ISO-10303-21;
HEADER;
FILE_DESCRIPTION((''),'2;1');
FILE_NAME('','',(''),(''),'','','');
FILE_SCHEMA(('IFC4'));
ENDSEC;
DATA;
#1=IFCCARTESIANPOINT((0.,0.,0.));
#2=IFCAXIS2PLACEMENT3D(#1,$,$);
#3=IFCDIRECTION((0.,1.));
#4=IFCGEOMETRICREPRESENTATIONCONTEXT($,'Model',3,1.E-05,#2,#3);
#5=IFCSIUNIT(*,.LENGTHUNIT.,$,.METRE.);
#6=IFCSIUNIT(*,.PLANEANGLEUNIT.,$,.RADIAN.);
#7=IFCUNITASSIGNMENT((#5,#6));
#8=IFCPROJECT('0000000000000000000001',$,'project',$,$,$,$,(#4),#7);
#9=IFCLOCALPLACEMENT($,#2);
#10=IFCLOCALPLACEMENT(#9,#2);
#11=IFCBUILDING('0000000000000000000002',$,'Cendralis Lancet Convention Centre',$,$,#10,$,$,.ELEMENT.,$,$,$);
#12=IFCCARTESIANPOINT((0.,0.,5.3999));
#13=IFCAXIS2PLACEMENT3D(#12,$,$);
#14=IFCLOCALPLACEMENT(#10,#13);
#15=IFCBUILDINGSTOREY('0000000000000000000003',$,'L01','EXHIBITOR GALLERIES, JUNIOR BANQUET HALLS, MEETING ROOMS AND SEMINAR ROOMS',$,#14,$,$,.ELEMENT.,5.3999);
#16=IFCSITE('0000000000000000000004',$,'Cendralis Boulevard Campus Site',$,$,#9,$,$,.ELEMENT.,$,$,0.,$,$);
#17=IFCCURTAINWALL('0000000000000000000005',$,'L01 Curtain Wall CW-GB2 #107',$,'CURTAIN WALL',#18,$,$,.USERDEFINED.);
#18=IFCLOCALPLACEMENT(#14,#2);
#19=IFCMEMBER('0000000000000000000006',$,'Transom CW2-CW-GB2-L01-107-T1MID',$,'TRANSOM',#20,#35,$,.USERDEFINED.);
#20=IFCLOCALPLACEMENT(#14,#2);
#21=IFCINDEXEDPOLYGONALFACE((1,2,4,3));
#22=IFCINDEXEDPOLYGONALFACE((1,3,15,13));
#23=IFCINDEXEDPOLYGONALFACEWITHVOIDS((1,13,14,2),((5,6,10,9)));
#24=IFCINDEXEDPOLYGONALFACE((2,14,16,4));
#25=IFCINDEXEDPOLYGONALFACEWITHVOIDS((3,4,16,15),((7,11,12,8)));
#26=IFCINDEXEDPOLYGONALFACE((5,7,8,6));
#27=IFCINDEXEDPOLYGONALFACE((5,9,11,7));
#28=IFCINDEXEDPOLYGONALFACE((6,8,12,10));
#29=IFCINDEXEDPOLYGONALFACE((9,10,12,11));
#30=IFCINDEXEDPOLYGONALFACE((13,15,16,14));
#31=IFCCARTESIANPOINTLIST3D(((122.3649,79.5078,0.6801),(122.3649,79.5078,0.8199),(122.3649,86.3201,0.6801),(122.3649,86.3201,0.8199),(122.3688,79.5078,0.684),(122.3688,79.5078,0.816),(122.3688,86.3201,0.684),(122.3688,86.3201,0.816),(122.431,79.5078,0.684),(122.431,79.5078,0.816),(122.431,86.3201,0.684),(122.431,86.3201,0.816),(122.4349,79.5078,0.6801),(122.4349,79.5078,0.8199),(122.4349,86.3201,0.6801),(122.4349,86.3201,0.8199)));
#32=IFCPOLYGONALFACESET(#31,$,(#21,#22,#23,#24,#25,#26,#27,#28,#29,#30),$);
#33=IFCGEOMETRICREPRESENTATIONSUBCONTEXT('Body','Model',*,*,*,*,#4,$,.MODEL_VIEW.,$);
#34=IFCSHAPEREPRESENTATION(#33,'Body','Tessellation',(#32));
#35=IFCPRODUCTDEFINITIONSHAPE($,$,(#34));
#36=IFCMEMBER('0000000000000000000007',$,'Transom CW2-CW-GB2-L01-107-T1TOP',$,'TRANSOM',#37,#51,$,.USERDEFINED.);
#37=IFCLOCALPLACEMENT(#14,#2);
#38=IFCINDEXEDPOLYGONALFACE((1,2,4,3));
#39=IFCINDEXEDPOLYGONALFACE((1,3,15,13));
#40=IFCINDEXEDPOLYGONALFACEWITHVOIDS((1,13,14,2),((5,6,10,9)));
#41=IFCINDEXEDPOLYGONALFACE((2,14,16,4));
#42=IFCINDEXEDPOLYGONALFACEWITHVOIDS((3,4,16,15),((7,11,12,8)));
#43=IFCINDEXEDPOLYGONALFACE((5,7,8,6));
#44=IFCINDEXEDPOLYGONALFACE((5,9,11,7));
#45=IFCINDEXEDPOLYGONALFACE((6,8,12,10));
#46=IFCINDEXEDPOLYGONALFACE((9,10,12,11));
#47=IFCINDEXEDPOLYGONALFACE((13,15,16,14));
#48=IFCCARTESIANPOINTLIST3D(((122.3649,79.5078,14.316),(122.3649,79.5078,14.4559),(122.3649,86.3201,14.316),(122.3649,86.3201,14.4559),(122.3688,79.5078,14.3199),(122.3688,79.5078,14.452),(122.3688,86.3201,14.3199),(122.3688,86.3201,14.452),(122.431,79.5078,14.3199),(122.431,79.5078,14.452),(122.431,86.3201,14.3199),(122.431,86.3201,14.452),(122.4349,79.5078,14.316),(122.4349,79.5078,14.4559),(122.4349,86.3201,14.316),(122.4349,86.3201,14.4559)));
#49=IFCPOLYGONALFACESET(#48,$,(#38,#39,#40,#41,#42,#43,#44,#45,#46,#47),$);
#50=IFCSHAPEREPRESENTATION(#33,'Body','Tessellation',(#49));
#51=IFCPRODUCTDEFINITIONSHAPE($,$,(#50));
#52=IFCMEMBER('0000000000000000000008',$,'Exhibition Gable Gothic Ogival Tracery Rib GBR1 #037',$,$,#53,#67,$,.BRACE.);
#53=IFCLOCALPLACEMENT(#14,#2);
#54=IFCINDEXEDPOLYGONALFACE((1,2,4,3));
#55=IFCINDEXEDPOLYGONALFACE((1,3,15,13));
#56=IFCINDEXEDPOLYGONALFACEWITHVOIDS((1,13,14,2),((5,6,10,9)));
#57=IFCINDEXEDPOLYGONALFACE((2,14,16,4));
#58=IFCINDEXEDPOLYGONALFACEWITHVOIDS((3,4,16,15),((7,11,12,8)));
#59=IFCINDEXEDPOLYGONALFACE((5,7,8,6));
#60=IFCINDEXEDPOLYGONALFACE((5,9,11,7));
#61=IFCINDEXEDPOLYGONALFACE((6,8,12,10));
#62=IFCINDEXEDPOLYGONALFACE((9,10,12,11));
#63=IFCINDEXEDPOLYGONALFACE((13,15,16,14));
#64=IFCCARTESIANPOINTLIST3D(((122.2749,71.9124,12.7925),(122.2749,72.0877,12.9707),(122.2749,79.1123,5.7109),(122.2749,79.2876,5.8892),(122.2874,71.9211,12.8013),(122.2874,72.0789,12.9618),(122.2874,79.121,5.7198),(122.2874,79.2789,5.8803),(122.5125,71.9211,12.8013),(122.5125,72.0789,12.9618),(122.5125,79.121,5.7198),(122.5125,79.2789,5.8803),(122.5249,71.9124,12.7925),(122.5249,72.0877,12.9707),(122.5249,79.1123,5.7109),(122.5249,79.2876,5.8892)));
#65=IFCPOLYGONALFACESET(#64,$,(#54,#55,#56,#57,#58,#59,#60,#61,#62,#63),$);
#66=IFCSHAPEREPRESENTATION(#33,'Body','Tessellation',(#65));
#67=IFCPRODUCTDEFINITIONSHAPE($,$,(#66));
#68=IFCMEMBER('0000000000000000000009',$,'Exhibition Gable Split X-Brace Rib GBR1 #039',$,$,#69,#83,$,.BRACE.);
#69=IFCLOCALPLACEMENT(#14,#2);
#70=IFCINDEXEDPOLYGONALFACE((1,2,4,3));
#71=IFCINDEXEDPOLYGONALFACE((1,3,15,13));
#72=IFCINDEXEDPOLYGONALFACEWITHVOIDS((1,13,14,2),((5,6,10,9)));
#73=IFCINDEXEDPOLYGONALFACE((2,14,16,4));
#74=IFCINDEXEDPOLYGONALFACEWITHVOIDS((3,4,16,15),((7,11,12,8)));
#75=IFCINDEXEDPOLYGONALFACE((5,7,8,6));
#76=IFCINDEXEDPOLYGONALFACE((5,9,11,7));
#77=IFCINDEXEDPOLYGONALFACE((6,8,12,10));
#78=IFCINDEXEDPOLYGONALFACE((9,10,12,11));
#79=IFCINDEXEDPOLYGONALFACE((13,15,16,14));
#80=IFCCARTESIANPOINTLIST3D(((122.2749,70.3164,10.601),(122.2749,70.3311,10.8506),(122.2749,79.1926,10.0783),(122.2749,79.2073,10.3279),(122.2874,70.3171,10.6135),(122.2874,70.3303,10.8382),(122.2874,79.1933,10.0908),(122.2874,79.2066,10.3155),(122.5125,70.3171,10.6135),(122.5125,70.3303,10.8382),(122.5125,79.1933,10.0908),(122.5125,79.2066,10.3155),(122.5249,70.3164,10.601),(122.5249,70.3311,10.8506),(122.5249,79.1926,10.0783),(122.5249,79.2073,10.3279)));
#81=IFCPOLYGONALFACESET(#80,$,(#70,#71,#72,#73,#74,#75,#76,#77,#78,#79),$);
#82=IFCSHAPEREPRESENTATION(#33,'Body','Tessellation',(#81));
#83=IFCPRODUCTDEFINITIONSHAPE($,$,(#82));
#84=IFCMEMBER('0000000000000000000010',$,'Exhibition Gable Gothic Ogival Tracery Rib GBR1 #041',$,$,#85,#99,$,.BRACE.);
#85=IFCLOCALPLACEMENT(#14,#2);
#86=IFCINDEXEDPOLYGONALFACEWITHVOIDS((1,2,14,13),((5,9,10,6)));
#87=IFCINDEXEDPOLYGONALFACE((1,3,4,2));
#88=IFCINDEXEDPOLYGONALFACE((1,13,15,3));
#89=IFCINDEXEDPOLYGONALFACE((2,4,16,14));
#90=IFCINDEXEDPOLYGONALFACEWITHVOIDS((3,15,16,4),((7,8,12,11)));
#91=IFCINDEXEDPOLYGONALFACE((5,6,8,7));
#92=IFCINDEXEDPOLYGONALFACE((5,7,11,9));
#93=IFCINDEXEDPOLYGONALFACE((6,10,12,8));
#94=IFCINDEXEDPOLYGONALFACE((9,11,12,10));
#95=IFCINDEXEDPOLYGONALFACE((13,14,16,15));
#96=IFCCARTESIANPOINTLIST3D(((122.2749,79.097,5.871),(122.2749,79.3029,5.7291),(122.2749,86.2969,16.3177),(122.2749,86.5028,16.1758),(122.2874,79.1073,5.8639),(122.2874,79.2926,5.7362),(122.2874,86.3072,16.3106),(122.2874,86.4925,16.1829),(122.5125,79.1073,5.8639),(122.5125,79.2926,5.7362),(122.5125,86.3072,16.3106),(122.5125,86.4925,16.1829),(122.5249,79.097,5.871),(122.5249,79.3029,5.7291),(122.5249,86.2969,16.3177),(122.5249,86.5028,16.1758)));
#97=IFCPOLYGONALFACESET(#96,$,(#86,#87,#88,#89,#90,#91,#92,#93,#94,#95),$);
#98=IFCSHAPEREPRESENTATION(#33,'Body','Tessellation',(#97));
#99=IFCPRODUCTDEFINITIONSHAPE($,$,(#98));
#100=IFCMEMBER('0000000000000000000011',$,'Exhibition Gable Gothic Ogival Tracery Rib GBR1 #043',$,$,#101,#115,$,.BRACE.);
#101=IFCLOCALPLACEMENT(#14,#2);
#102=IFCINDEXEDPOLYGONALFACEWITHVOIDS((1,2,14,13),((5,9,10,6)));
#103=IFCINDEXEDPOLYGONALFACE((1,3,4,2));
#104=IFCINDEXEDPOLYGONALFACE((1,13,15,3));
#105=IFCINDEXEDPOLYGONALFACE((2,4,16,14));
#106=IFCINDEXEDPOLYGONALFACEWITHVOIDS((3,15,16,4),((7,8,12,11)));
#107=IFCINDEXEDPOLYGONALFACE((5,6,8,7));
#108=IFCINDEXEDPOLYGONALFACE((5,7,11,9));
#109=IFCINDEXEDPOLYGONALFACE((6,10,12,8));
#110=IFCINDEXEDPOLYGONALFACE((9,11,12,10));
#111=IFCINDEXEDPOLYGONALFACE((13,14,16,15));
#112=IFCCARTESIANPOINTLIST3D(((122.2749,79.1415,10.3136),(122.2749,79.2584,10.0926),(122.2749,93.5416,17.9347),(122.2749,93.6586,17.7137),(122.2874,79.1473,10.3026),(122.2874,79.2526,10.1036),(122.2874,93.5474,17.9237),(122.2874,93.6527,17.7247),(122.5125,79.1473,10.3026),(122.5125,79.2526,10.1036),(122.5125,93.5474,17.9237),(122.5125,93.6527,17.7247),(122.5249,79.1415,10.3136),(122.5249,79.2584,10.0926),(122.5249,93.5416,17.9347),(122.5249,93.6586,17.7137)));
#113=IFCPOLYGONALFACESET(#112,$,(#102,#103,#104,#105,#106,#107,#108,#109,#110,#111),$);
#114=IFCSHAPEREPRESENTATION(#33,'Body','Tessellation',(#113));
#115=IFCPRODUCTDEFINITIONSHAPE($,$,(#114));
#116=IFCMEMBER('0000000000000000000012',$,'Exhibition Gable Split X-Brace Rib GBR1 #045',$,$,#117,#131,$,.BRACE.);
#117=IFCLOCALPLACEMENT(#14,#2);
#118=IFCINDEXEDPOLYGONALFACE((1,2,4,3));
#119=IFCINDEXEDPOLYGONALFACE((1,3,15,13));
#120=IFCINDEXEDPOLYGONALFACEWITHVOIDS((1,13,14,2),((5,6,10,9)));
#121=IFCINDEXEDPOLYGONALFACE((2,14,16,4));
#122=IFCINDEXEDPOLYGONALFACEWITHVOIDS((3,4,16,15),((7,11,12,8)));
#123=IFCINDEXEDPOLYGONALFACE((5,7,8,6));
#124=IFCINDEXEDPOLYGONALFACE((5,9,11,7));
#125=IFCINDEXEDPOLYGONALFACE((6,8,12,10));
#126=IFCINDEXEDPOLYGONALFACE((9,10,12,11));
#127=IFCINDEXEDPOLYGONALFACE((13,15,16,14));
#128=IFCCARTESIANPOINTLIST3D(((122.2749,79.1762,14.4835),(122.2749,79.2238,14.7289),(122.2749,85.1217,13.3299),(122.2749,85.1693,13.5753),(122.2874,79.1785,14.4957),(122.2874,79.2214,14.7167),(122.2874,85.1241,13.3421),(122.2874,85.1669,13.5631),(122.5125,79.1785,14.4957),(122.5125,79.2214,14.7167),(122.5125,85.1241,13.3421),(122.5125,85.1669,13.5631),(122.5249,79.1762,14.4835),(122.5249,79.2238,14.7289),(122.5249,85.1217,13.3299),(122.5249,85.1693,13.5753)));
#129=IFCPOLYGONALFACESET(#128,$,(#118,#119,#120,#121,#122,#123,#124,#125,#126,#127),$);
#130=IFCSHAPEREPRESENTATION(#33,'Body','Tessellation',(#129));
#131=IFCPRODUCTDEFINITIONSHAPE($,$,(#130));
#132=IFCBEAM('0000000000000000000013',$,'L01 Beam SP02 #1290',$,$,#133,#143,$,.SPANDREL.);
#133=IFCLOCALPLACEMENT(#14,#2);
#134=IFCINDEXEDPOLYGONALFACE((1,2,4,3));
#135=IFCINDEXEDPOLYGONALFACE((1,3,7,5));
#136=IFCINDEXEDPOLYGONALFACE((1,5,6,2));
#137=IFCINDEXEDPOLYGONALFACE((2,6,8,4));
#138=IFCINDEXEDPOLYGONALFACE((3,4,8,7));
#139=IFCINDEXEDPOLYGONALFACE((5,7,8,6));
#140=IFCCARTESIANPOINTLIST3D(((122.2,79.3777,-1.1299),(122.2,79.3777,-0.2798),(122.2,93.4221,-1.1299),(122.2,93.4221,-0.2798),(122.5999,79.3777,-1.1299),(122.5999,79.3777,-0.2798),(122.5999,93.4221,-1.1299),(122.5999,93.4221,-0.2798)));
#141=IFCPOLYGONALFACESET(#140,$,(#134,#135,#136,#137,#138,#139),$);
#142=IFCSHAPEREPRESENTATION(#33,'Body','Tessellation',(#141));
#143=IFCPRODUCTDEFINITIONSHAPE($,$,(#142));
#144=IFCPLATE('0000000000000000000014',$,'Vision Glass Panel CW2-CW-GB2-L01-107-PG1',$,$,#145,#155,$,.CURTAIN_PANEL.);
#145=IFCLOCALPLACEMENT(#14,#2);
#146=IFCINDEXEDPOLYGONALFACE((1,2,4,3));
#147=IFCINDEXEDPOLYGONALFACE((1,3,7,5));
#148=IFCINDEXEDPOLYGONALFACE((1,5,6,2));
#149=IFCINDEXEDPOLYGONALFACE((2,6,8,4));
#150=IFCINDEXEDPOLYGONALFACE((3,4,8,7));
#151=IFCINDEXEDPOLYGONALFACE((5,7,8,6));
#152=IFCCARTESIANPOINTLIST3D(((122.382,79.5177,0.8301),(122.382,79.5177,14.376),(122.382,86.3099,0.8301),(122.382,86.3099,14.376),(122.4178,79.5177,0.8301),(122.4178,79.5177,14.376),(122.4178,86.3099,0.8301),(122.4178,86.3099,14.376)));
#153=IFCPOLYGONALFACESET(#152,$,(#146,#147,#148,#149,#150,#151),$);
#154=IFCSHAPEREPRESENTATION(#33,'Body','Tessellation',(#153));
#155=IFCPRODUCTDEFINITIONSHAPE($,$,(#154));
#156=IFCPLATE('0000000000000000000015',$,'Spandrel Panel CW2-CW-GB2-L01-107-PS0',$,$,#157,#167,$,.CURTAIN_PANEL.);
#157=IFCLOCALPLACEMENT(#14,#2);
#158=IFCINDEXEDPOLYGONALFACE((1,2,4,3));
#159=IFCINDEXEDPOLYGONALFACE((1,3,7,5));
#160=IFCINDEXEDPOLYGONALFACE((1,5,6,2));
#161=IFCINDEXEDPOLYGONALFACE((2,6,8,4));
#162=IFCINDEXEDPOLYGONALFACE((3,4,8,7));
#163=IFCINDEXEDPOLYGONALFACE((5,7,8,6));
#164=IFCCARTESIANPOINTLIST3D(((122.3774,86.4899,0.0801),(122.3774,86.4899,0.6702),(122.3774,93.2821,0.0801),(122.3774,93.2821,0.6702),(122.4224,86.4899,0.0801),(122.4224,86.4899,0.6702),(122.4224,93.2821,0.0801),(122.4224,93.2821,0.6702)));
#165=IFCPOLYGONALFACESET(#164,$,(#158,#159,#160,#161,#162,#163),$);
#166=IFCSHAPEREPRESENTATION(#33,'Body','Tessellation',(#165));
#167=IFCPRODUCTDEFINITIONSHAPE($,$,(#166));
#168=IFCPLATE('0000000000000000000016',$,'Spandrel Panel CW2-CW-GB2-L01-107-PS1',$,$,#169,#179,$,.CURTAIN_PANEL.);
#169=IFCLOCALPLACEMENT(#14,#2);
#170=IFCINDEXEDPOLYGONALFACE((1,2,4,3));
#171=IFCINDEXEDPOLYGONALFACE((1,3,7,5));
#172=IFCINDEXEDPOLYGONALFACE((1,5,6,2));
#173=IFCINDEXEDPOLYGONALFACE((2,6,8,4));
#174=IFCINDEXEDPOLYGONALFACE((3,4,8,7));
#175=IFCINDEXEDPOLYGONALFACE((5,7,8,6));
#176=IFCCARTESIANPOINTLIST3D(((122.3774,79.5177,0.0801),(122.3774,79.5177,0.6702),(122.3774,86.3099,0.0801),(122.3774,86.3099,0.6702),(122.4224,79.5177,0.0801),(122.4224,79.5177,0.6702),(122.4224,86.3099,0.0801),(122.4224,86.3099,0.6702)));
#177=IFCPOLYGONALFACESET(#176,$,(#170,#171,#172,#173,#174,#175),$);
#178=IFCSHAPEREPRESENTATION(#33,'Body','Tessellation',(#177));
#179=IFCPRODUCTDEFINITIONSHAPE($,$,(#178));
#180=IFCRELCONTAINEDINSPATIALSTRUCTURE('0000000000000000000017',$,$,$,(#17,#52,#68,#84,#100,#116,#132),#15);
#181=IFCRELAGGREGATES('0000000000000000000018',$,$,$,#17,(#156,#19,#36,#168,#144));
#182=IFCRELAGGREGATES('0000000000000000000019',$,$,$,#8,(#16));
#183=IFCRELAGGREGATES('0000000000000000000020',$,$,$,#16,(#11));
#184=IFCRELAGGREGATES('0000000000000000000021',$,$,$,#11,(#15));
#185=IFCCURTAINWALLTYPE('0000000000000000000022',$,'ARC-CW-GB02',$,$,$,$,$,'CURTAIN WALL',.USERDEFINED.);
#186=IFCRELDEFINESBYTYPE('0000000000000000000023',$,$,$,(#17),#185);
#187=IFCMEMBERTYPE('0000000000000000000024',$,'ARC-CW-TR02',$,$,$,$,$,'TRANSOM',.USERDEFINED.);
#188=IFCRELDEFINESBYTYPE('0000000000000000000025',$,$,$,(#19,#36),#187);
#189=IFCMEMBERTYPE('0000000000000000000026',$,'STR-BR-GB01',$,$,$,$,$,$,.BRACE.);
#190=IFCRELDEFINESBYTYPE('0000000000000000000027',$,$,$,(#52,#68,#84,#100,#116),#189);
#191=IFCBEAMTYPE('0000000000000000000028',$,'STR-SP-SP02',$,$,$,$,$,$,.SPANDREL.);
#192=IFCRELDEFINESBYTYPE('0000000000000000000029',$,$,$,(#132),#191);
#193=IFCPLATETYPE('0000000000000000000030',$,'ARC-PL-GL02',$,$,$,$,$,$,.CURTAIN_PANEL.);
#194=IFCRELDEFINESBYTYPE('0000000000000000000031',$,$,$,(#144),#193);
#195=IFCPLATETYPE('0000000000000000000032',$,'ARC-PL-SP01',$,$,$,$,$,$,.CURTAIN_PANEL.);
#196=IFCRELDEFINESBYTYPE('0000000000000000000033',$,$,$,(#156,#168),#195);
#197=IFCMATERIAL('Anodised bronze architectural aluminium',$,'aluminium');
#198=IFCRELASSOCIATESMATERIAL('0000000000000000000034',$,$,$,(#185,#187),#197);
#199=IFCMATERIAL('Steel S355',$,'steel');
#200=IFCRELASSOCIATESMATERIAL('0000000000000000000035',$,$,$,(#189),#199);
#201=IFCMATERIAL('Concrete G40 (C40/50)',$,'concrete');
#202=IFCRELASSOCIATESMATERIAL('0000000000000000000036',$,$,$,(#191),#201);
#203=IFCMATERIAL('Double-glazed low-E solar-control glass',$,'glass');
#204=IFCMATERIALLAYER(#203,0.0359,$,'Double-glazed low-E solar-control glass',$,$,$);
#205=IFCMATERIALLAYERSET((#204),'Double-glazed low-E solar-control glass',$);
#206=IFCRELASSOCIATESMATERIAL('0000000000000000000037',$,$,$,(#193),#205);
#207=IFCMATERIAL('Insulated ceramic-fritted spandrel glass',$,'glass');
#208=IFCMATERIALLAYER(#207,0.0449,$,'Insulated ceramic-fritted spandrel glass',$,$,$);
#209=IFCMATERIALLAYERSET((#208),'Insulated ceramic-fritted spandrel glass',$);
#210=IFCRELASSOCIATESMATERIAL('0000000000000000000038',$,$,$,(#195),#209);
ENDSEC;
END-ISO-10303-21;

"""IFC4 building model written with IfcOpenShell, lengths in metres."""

from ifc_helpers import new_model, si_unit, direction, frame, origin, origin_2d, place, context, subcontext, project, spatial, rectangle, hollow_rectangle, extrude, material, layer, layer_set, material_profile, profile_set, type_object, element, aggregate, save


model = new_model("IFC4")

# Units and contexts
model_context = context("Model", 3, precision=1e-05, world=origin(), true_north=direction((0.0, 1.0)))
body_context = subcontext(model_context, "Body", "Model", "MODEL_VIEW")
ifc_project = project(units=[si_unit("LENGTHUNIT", "METRE"), si_unit("PLANEANGLEUNIT", "RADIAN")], contexts=[model_context])

# Site, building, storey
site_placement = place(None, origin())
site = spatial("IfcSite", under=ifc_project, at=site_placement, Name="Cendralis Boulevard Campus Site", CompositionType="ELEMENT", RefElevation=0.0)
building_placement = place(site_placement, origin())
building = spatial("IfcBuilding", under=site, at=building_placement, Name="Cendralis Lancet Convention Centre", CompositionType="ELEMENT")
storey_placement = place(building_placement, frame((0.0, 0.0, 5.3999)))
storey = spatial("IfcBuildingStorey", under=building, at=storey_placement, Name="L01", Description="EXHIBITOR GALLERIES, JUNIOR BANQUET HALLS, MEETING ROOMS AND SEMINAR ROOMS", CompositionType="ELEMENT", Elevation=5.3999)

# Shared definitions
ifc_material_1 = material(Name="Steel S355", Category="steel")

# Shared definitions
ifc_material_2 = material(Name="Anodised bronze architectural aluminium", Category="aluminium")
curtain_wall_type = type_object("IfcCurtainWallType", Name="ARC-CW-GB02", ElementType="CURTAIN WALL", PredefinedType="USERDEFINED", material=ifc_material_2)

# Curtain wall
curtain_wall_1_placement = place(storey_placement, origin())
curtain_wall_1 = element("IfcCurtainWall", 1, at=curtain_wall_1_placement, inside=storey, type_object=curtain_wall_type, Name="L01 Curtain Wall CW-GB2 #107", ObjectType="CURTAIN WALL", PredefinedType="USERDEFINED")

# Members
ifc_material_profile_1 = material_profile(ifc_material_2, hollow_rectangle(XDim=0.0701, YDim=0.1399, WallThickness=0.0039, at=origin_2d()), Name="AL-TRAN 70x140x4.0")
ifc_profile_set_1 = profile_set([ifc_material_profile_1], Name="Anodised bronze architectural aluminium")
member_type_1 = type_object("IfcMemberType", Name="ARC-CW-TR02", ElementType="TRANSOM", PredefinedType="USERDEFINED", material=ifc_profile_set_1)
member_1_placement = place(storey_placement, frame((122.3999, 86.3201, 0.75), z_axis=(0.0, -1.0, 0.0), x_axis=(1.0, 0.0, 0.0)))
member_1 = element("IfcMember", 2, at=member_1_placement, type_object=member_type_1, Name="Transom CW2-CW-GB2-L01-107-T1MID", ObjectType="TRANSOM", PredefinedType="USERDEFINED", context=body_context, shape_type="SweptSolid", body=[
    extrude(hollow_rectangle(XDim=0.0701, YDim=0.1399, WallThickness=0.0039, at=origin_2d()), origin(), (0.0, 0.0, 1.0), 6.8123),
])
member_2_placement = place(storey_placement, frame((122.3999, 86.3201, 14.386), z_axis=(0.0, -1.0, 0.0), x_axis=(1.0, 0.0, 0.0)))
member_2 = element("IfcMember", 3, at=member_2_placement, type_object=member_type_1, Name="Transom CW2-CW-GB2-L01-107-T1TOP", ObjectType="TRANSOM", PredefinedType="USERDEFINED", context=body_context, shape_type="SweptSolid", body=[
    extrude(hollow_rectangle(XDim=0.0701, YDim=0.1399, WallThickness=0.0039, at=origin_2d()), origin(), (0.0, 0.0, 1.0), 6.8123),
])

# Members
ifc_material_profile_2 = material_profile(ifc_material_1, hollow_rectangle(XDim=0.25, YDim=0.25, WallThickness=0.0125, at=origin_2d()), Name="SHS 250x250x12.5")
ifc_profile_set_2 = profile_set([ifc_material_profile_2], Name="Steel S355")
member_type_2 = type_object("IfcMemberType", Name="STR-BR-GB01", PredefinedType="BRACE", material=ifc_profile_set_2)
member_3_placement = place(storey_placement, frame((122.3999, 79.2, 5.8), z_axis=(0.0, -0.712945, 0.70122), x_axis=(1.0, 0.0, 0.0)))
element("IfcMember", 4, at=member_3_placement, inside=storey, type_object=member_type_2, Name="Exhibition Gable Gothic Ogival Tracery Rib GBR1 #037", PredefinedType="BRACE", context=body_context, shape_type="SweptSolid", body=[
    extrude(hollow_rectangle(XDim=0.25, YDim=0.25, WallThickness=0.0125, at=origin_2d()), origin(), (0.0, 0.0, 1.0), 10.0989),
])
member_4_placement = place(storey_placement, frame((122.3999, 79.2, 10.2031), z_axis=(0.0, -0.998271, 0.058786), x_axis=(1.0, 0.0, 0.0)))
element("IfcMember", 5, at=member_4_placement, inside=storey, type_object=member_type_2, Name="Exhibition Gable Split X-Brace Rib GBR1 #039", PredefinedType="BRACE", context=body_context, shape_type="SweptSolid", body=[
    extrude(hollow_rectangle(XDim=0.25, YDim=0.25, WallThickness=0.0125, at=origin_2d()), origin(), (0.0, 0.0, 1.0), 8.8916),
])
member_5_placement = place(storey_placement, frame((122.3999, 79.2, 5.8), z_axis=(0.0, 0.567481, 0.823387), x_axis=(-1.0, 0.0, 0.0)))
element("IfcMember", 6, at=member_5_placement, inside=storey, type_object=member_type_2, Name="Exhibition Gable Gothic Ogival Tracery Rib GBR1 #041", PredefinedType="BRACE", context=body_context, shape_type="SweptSolid", body=[
    extrude(hollow_rectangle(XDim=0.25, YDim=0.25, WallThickness=0.0125, at=origin_2d()), origin(), (0.0, 0.0, 1.0), 12.6875),
])
member_6_placement = place(storey_placement, frame((122.3999, 79.2, 10.2031), z_axis=(0.0, 0.883852, 0.467767), x_axis=(-1.0, 0.0, 0.0)))
element("IfcMember", 7, at=member_6_placement, inside=storey, type_object=member_type_2, Name="Exhibition Gable Gothic Ogival Tracery Rib GBR1 #043", PredefinedType="BRACE", context=body_context, shape_type="SweptSolid", body=[
    extrude(hollow_rectangle(XDim=0.25, YDim=0.25, WallThickness=0.0125, at=origin_2d()), origin(), (0.0, 0.0, 1.0), 16.2925),
])
member_7_placement = place(storey_placement, frame((122.3999, 85.1455, 13.4526), z_axis=(0.0, -0.981693, 0.190469), x_axis=(1.0, 0.0, 0.0)))
element("IfcMember", 8, at=member_7_placement, inside=storey, type_object=member_type_2, Name="Exhibition Gable Split X-Brace Rib GBR1 #045", PredefinedType="BRACE", context=body_context, shape_type="SweptSolid", body=[
    extrude(hollow_rectangle(XDim=0.25, YDim=0.25, WallThickness=0.0125, at=origin_2d()), origin(), (0.0, 0.0, 1.0), 6.0564),
])

# Beam
ifc_material_3 = material(Name="Concrete G40 (C40/50)", Category="concrete")
ifc_material_profile_3 = material_profile(ifc_material_3, rectangle(XDim=0.3999, YDim=0.8501, at=origin_2d()), Name="RCB 400x850")
ifc_profile_set_3 = profile_set([ifc_material_profile_3], Name="Concrete G40 (C40/50)")
beam_type = type_object("IfcBeamType", Name="STR-SP-SP02", PredefinedType="SPANDREL", material=ifc_profile_set_3)
beam_placement = place(storey_placement, frame((122.3999, 79.3777, -0.7048), z_axis=(0.0, 1.0, 0.0), x_axis=(-1.0, 0.0, 0.0)))
element("IfcBeam", 9, at=beam_placement, inside=storey, type_object=beam_type, Name="L01 Beam SP02 #1290", PredefinedType="SPANDREL", context=body_context, shape_type="SweptSolid", body=[
    extrude(rectangle(XDim=0.3999, YDim=0.8501, at=origin_2d()), origin(), (0.0, 0.0, 1.0), 14.0444),
])

# Plates
ifc_material_4 = material(Name="Double-glazed low-E solar-control glass", Category="glass")
ifc_layer_1 = layer(ifc_material_4, 0.0359, Name="Double-glazed low-E solar-control glass")
ifc_layer_set_1 = layer_set([ifc_layer_1], Name="Double-glazed low-E solar-control glass")
plate_type_1 = type_object("IfcPlateType", Name="ARC-PL-GL02", PredefinedType="CURTAIN_PANEL", material=ifc_layer_set_1)
plate_1_placement = place(storey_placement, frame((122.3999, 82.9138, 0.8301), z_axis=(0.0, 0.0, 1.0), x_axis=(0.0, -1.0, 0.0)))
plate_1 = element("IfcPlate", 10, at=plate_1_placement, type_object=plate_type_1, Name="Vision Glass Panel CW2-CW-GB2-L01-107-PG1", PredefinedType="CURTAIN_PANEL", context=body_context, shape_type="SweptSolid", body=[
    extrude(rectangle(XDim=6.7922, YDim=0.0359, at=origin_2d()), origin(), (0.0, 0.0, 1.0), 13.5459),
])
ifc_material_5 = material(Name="Insulated ceramic-fritted spandrel glass", Category="glass")
ifc_layer_2 = layer(ifc_material_5, 0.0449, Name="Insulated ceramic-fritted spandrel glass")
ifc_layer_set_2 = layer_set([ifc_layer_2], Name="Insulated ceramic-fritted spandrel glass")
plate_type_2 = type_object("IfcPlateType", Name="ARC-PL-SP01", PredefinedType="CURTAIN_PANEL", material=ifc_layer_set_2)
plate_2_placement = place(storey_placement, frame((122.3999, 89.886, 0.0801), z_axis=(0.0, 0.0, 1.0), x_axis=(0.0, -1.0, 0.0)))
plate_2 = element("IfcPlate", 11, at=plate_2_placement, type_object=plate_type_2, Name="Spandrel Panel CW2-CW-GB2-L01-107-PS0", PredefinedType="CURTAIN_PANEL", context=body_context, shape_type="SweptSolid", body=[
    extrude(rectangle(XDim=6.7922, YDim=0.0449, at=origin_2d()), origin(), (0.0, 0.0, 1.0), 0.5901),
])
plate_3_placement = place(storey_placement, frame((122.3999, 82.9138, 0.0801), z_axis=(0.0, 0.0, 1.0), x_axis=(0.0, -1.0, 0.0)))
plate_3 = element("IfcPlate", 12, at=plate_3_placement, type_object=plate_type_2, Name="Spandrel Panel CW2-CW-GB2-L01-107-PS1", PredefinedType="CURTAIN_PANEL", context=body_context, shape_type="SweptSolid", body=[
    extrude(rectangle(XDim=6.7922, YDim=0.0449, at=origin_2d()), origin(), (0.0, 0.0, 1.0), 0.5901),
])
aggregate(curtain_wall_1, [plate_2, member_1, member_2, plate_3, plate_1])

save(model, "model.ifc")
